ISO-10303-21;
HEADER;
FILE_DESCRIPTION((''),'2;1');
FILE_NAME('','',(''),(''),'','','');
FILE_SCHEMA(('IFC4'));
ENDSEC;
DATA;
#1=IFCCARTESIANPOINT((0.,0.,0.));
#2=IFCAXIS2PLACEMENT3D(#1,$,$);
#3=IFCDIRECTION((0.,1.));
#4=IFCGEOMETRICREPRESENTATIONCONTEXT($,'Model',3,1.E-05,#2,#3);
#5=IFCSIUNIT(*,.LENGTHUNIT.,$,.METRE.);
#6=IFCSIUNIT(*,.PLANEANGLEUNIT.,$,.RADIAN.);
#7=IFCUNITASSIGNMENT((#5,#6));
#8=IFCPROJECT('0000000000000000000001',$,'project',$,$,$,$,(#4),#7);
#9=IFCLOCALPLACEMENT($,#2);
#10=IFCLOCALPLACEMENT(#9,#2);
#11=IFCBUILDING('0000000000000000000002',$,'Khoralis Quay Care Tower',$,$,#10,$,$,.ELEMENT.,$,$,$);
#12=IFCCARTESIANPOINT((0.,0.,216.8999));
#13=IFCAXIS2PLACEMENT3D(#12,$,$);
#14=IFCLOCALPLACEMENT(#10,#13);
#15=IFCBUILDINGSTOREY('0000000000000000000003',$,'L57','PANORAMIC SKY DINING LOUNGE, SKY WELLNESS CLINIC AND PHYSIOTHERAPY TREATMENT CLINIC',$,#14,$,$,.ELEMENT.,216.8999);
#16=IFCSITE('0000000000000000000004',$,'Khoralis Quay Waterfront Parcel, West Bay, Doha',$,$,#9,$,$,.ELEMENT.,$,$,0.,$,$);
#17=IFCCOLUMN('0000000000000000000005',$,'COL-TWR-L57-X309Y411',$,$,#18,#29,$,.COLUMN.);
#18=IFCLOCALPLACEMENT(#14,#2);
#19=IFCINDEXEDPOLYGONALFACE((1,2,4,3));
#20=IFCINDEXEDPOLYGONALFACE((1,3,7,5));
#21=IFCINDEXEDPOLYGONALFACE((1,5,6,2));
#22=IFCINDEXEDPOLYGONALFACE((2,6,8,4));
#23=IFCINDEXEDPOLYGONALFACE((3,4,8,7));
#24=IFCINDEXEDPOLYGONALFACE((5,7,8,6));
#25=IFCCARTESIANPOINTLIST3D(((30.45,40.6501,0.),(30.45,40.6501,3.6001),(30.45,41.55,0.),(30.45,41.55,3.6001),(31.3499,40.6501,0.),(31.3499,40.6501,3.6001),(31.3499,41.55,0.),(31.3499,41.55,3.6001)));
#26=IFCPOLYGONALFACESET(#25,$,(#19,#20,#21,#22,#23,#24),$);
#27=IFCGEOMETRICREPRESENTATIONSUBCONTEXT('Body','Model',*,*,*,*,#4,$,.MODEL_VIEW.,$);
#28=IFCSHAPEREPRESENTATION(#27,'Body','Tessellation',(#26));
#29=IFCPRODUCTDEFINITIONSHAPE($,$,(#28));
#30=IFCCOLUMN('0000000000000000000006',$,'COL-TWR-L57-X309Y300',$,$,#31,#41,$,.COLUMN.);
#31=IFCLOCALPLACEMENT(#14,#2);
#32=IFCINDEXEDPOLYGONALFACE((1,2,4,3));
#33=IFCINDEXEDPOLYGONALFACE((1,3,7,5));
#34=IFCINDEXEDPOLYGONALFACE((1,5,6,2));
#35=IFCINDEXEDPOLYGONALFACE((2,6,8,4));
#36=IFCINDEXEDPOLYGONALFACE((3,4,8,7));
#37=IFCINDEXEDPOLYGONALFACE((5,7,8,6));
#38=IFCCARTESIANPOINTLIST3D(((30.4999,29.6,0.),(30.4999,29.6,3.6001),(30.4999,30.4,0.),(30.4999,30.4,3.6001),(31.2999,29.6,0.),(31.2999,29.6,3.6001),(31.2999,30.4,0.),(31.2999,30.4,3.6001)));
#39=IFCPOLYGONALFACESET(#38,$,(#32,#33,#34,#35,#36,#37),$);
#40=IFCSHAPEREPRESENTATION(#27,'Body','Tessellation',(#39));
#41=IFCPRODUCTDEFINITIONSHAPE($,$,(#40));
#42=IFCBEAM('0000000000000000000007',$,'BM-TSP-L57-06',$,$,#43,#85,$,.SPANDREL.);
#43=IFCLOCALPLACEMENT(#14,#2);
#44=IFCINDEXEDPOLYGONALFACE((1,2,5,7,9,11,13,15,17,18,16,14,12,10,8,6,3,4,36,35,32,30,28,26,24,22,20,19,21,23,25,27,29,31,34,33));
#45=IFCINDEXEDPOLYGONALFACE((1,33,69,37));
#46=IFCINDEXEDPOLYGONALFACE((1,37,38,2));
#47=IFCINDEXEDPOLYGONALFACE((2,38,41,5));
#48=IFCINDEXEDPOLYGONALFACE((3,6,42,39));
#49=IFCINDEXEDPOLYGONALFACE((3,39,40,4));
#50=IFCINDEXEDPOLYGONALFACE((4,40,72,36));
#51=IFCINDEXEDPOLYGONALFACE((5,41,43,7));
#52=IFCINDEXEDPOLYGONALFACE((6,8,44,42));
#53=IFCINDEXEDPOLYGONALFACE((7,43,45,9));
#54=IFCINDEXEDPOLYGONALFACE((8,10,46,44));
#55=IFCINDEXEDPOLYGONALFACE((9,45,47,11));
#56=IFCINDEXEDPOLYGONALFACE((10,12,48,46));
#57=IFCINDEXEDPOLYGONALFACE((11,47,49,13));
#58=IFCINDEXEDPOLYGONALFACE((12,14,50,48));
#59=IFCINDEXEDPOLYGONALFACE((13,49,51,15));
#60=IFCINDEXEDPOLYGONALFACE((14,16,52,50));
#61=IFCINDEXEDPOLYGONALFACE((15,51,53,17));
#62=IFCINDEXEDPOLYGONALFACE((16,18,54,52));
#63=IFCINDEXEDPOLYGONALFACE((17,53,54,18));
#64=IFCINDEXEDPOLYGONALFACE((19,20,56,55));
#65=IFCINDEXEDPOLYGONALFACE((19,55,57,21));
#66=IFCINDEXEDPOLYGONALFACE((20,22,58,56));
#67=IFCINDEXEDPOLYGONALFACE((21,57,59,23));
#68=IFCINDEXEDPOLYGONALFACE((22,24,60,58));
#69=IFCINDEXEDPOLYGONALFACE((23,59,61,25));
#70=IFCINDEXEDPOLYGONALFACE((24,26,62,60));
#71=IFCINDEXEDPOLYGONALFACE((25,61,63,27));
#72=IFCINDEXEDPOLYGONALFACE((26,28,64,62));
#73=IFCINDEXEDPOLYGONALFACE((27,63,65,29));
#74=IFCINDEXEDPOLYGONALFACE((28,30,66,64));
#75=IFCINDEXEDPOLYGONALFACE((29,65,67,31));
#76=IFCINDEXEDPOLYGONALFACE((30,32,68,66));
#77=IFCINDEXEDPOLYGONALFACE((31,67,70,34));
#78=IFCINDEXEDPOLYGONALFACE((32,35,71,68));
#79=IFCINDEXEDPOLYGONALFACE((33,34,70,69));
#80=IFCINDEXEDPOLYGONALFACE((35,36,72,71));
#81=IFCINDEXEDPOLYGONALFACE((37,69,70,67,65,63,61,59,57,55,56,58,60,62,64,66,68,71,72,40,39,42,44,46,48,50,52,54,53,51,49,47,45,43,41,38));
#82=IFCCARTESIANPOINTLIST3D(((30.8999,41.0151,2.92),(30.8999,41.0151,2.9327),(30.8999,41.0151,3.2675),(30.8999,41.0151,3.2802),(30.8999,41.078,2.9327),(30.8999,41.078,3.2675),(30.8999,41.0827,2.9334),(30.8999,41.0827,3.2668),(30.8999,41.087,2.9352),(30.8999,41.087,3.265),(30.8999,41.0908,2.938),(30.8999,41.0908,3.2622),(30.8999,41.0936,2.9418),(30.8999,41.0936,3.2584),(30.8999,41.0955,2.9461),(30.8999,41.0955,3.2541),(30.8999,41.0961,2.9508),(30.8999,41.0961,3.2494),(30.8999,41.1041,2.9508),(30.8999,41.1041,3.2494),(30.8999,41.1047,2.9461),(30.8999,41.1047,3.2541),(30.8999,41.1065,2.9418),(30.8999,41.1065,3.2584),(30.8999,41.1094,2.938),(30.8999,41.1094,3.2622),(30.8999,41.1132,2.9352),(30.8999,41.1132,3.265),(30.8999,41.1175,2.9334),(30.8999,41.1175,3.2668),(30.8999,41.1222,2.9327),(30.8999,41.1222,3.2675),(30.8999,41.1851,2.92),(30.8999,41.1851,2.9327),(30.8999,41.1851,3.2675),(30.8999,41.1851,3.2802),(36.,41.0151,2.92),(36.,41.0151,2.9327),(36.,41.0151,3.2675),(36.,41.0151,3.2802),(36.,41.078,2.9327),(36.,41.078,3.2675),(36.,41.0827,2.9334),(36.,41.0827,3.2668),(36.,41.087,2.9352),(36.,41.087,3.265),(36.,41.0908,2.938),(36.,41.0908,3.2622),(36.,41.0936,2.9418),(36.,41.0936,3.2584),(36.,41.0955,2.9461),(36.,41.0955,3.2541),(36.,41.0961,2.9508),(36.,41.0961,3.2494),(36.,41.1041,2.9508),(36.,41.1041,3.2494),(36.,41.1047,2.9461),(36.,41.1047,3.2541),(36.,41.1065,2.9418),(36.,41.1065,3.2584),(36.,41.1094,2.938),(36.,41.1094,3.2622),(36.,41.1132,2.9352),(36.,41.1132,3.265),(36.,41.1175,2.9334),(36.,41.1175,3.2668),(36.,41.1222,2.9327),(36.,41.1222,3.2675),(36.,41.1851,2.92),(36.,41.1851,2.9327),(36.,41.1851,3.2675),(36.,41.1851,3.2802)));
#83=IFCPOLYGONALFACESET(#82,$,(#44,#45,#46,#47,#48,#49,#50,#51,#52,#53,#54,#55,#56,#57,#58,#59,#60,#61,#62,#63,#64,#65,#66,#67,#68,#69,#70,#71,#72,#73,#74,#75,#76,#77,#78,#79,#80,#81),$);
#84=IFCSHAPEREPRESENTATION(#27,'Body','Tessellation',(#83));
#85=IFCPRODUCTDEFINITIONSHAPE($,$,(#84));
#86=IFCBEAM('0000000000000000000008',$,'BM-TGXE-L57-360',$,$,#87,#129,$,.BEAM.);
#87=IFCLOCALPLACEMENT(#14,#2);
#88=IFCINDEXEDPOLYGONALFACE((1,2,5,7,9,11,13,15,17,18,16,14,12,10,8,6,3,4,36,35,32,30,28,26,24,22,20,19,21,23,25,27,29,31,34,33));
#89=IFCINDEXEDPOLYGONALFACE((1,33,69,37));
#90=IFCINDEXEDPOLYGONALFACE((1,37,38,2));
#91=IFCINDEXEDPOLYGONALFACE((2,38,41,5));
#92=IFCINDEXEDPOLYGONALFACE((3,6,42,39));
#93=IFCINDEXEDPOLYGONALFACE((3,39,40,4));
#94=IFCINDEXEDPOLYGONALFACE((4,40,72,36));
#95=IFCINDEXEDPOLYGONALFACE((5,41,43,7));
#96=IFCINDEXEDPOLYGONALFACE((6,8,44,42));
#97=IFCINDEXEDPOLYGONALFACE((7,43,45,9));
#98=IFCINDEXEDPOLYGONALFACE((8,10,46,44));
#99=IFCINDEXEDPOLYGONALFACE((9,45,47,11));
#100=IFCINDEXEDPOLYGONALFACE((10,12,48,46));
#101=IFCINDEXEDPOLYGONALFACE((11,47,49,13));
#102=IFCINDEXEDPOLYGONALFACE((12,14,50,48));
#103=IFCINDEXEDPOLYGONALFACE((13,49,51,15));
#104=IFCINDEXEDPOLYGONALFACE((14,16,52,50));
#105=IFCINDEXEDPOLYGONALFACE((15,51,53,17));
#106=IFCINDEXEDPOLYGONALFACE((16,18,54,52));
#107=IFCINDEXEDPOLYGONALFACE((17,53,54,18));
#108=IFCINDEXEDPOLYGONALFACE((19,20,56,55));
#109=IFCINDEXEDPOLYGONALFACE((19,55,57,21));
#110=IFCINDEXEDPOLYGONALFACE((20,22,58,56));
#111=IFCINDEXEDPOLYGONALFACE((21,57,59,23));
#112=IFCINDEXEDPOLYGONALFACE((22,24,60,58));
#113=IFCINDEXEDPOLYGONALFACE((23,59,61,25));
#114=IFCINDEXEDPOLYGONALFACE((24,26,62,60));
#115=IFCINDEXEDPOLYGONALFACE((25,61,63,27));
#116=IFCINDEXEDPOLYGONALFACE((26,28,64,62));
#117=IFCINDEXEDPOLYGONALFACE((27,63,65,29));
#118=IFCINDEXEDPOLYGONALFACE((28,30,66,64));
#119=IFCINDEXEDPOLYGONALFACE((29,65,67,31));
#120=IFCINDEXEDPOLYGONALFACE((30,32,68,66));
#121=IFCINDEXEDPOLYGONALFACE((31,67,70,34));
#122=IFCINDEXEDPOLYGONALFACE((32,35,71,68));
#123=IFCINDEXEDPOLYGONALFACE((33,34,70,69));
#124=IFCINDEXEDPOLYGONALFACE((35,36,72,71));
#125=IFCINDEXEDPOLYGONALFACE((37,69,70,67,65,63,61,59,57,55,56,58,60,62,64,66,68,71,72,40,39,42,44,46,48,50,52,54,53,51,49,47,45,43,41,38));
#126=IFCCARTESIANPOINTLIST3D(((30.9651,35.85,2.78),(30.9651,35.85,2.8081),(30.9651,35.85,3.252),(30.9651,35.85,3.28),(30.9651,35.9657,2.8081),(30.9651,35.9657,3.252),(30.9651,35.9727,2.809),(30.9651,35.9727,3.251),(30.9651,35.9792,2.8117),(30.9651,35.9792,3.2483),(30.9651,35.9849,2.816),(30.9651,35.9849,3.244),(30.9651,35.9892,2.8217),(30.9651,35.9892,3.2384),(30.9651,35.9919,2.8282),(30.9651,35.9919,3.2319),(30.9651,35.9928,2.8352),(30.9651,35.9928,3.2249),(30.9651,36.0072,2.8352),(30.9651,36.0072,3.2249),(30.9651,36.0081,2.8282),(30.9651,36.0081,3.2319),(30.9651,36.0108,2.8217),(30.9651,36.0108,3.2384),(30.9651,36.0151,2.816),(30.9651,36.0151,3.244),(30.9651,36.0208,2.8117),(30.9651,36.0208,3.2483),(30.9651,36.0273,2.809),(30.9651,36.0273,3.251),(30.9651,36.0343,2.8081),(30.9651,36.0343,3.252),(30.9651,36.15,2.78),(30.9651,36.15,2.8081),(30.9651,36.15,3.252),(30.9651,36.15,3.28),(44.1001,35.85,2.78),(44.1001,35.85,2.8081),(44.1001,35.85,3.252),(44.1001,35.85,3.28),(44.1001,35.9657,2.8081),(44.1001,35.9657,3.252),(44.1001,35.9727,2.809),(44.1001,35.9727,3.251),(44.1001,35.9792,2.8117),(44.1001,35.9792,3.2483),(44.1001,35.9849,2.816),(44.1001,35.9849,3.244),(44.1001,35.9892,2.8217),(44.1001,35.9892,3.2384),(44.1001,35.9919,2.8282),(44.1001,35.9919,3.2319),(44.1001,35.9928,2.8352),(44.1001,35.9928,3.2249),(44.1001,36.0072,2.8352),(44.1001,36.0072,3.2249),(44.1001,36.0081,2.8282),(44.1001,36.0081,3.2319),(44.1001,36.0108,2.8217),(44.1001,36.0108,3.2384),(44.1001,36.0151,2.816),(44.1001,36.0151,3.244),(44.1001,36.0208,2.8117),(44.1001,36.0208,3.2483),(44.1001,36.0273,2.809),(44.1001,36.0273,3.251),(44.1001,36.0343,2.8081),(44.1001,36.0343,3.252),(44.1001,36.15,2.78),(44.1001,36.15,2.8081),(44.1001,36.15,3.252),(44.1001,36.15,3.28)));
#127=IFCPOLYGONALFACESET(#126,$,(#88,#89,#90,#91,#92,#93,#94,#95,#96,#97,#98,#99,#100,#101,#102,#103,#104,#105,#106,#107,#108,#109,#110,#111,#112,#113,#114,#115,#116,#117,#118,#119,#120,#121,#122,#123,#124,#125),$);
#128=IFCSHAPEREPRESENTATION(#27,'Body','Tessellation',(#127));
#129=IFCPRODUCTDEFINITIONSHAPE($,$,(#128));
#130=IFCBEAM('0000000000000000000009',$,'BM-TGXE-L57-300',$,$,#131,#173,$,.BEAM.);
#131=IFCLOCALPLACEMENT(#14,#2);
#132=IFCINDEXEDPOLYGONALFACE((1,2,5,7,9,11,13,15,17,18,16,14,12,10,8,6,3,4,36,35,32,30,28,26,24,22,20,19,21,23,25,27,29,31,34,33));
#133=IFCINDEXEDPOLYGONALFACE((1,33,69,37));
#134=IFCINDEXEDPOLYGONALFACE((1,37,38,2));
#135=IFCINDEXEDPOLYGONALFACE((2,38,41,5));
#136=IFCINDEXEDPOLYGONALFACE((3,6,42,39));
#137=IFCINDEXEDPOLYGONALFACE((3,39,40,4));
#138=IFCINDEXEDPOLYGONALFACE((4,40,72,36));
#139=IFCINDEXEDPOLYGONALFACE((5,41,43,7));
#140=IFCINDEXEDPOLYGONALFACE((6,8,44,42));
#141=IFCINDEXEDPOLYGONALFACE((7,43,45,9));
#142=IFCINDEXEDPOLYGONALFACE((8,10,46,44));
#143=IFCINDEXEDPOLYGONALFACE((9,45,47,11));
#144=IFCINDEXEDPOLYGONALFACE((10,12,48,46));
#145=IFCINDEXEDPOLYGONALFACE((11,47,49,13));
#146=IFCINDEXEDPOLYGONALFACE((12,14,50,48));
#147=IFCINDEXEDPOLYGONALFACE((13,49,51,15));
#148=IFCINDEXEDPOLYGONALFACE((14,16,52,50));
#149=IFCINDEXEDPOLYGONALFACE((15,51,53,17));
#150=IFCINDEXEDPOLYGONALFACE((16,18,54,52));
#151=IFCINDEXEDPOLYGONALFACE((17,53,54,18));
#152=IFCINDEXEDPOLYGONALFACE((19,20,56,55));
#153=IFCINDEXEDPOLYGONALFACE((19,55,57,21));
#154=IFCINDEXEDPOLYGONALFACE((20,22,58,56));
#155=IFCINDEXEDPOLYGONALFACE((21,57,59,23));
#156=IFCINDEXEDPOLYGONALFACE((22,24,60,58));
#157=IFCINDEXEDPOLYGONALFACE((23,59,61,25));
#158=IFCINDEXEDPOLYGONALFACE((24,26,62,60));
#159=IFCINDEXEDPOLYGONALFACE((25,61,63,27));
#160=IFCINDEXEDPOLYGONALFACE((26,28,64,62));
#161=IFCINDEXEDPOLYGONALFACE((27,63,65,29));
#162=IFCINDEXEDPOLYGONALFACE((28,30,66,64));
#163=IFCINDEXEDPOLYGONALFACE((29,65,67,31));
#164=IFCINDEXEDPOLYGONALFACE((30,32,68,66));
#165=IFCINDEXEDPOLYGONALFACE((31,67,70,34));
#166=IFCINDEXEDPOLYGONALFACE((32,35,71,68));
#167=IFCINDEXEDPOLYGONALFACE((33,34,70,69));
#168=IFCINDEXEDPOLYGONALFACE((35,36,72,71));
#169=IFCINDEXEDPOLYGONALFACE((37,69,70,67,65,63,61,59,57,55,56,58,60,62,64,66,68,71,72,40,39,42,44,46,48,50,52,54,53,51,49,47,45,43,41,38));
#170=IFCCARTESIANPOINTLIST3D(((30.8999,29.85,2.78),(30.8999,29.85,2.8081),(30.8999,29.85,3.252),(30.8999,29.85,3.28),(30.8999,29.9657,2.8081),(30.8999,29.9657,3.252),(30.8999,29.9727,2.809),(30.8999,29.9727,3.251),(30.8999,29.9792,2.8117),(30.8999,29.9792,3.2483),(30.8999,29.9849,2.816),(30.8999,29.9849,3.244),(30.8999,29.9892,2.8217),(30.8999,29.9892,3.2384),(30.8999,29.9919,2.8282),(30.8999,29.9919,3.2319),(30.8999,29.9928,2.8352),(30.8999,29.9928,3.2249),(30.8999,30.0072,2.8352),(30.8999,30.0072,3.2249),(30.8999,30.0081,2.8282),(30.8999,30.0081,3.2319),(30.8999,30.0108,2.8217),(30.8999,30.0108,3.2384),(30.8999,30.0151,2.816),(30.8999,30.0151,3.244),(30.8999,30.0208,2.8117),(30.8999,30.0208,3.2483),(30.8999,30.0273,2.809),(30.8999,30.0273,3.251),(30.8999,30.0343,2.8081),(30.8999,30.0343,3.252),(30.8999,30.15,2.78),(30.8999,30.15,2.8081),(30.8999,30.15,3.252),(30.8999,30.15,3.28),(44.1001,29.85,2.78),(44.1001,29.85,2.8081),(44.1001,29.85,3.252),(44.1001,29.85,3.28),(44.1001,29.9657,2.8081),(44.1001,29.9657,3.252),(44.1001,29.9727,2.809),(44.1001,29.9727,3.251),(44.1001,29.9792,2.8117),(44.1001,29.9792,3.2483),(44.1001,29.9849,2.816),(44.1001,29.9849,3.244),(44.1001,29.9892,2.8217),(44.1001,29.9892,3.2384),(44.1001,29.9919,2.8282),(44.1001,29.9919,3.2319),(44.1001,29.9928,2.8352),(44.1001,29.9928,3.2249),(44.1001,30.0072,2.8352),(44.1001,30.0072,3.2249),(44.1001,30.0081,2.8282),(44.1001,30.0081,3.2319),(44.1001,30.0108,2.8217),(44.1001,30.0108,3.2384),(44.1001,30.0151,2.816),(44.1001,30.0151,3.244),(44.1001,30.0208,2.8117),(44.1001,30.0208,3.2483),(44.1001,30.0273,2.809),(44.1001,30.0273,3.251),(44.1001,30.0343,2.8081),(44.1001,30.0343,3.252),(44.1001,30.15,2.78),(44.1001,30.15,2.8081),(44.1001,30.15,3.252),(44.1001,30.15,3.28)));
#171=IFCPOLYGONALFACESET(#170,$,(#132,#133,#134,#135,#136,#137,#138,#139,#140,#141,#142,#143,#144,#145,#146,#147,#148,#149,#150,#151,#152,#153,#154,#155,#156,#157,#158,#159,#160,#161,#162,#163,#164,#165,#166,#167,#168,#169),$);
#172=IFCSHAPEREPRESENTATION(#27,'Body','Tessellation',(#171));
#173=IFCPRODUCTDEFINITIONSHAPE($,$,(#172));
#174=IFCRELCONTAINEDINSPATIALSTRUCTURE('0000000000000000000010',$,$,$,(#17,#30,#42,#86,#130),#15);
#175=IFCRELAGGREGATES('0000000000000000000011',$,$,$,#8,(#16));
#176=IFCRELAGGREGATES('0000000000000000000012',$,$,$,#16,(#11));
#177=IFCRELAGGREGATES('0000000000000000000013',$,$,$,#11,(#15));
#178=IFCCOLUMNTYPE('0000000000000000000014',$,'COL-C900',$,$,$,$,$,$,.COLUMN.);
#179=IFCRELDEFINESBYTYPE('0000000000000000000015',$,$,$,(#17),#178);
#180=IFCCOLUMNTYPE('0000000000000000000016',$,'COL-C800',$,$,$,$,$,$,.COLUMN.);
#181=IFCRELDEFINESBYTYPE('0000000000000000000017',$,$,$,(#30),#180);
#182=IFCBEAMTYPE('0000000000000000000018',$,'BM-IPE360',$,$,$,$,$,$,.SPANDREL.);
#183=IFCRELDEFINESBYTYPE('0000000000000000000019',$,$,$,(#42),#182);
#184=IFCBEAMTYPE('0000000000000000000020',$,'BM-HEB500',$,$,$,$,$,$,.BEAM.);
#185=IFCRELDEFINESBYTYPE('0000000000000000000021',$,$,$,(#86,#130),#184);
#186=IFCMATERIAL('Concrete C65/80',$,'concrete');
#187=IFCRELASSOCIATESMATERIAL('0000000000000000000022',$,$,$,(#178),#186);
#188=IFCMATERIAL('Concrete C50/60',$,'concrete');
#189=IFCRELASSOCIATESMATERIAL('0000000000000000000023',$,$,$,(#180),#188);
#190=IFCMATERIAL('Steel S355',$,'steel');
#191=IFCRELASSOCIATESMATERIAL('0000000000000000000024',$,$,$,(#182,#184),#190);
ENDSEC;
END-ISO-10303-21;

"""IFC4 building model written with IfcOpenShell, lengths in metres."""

from ifc_helpers import new_model, si_unit, direction, frame, origin, origin_2d, place, context, subcontext, project, spatial, rectangle, i_section, extrude, source, transform, mapped, material, material_profile, profile_set, type_object, element, save


model = new_model("IFC4")

# Units and contexts
model_context = context("Model", 3, precision=1e-05, world=origin(), true_north=direction((0.0, 1.0)))
body_context = subcontext(model_context, "Body", "Model", "MODEL_VIEW")
ifc_project = project(units=[si_unit("LENGTHUNIT", "METRE"), si_unit("PLANEANGLEUNIT", "RADIAN")], contexts=[model_context])

# Site, building, storey
site_placement = place(None, origin())
site = spatial("IfcSite", under=ifc_project, at=site_placement, Name="Khoralis Quay Waterfront Parcel, West Bay, Doha", CompositionType="ELEMENT", RefElevation=0.0)
building_placement = place(site_placement, origin())
building = spatial("IfcBuilding", under=site, at=building_placement, Name="Khoralis Quay Care Tower", CompositionType="ELEMENT")
storey_placement = place(building_placement, frame((0.0, 0.0, 216.8999)))
storey = spatial("IfcBuildingStorey", under=building, at=storey_placement, Name="L57", Description="PANORAMIC SKY DINING LOUNGE, SKY WELLNESS CLINIC AND PHYSIOTHERAPY TREATMENT CLINIC", CompositionType="ELEMENT", Elevation=216.8999)

# Columns
ifc_material_1 = material(Name="Concrete C65/80", Category="concrete")
ifc_material_profile_1 = material_profile(ifc_material_1, rectangle(XDim=0.8999, YDim=0.8999, at=origin_2d()), Name="Concrete C65/80")
ifc_profile_set_1 = profile_set([ifc_material_profile_1], Name="Concrete C65/80")
column_type_1 = type_object("IfcColumnType", Name="COL-C900", PredefinedType="COLUMN", material=ifc_profile_set_1)
shared_shape_1 = source(origin(), body_context, "Body", "SweptSolid", [
    extrude(rectangle(XDim=0.8999, YDim=0.8999, at=origin_2d()), origin(), (0.0, 0.0, 1.0), 3.6001),
])
column_1_placement = place(storey_placement, frame((30.8999, 41.1001, 0.0), z_axis=(0.0, 0.0, 1.0), x_axis=(1.0, 0.0, 0.0)))
element("IfcColumn", 1, at=column_1_placement, inside=storey, type_object=column_type_1, Name="COL-TWR-L57-X309Y411", PredefinedType="COLUMN", context=body_context, shape_type="MappedRepresentation", body=[
    mapped(shared_shape_1, transform((0.0, 0.0, 0.0), scale=1.0)),
])
ifc_material_2 = material(Name="Concrete C50/60", Category="concrete")
ifc_material_profile_2 = material_profile(ifc_material_2, rectangle(XDim=0.8, YDim=0.8, at=origin_2d()), Name="Concrete C50/60")
ifc_profile_set_2 = profile_set([ifc_material_profile_2], Name="Concrete C50/60")
column_type_2 = type_object("IfcColumnType", Name="COL-C800", PredefinedType="COLUMN", material=ifc_profile_set_2)
shared_shape_2 = source(origin(), body_context, "Body", "SweptSolid", [
    extrude(rectangle(XDim=0.8, YDim=0.8, at=origin_2d()), origin(), (0.0, 0.0, 1.0), 3.6001),
])
column_2_placement = place(storey_placement, frame((30.8999, 30.0, 0.0), z_axis=(0.0, 0.0, 1.0), x_axis=(1.0, 0.0, 0.0)))
element("IfcColumn", 2, at=column_2_placement, inside=storey, type_object=column_type_2, Name="COL-TWR-L57-X309Y300", PredefinedType="COLUMN", context=body_context, shape_type="MappedRepresentation", body=[
    mapped(shared_shape_2, transform((0.0, 0.0, 0.0), scale=1.0)),
])

# Beams
ifc_material_3 = material(Name="Steel S355", Category="steel")
ifc_material_profile_3 = material_profile(ifc_material_3, i_section(OverallWidth=0.1699, OverallDepth=0.3601, WebThickness=0.0081, FlangeThickness=0.0127, FilletRadius=0.0181, at=origin_2d()), Name="Steel S355")
ifc_profile_set_3 = profile_set([ifc_material_profile_3], Name="Steel S355")
beam_type_1 = type_object("IfcBeamType", Name="BM-IPE360", PredefinedType="SPANDREL", material=ifc_profile_set_3)
shared_shape_3 = source(origin(), body_context, "Body", "SweptSolid", [
    extrude(i_section(OverallWidth=0.1699, OverallDepth=0.3601, WebThickness=0.0081, FlangeThickness=0.0127, FilletRadius=0.0181, at=origin_2d()), origin(), (0.0, 0.0, 1.0), 5.1001),
])
beam_1_placement = place(storey_placement, frame((30.8999, 41.1001, 3.1001), z_axis=(1.0, 0.0, 0.0), x_axis=(0.0, 1.0, 0.0)))
element("IfcBeam", 3, at=beam_1_placement, inside=storey, type_object=beam_type_1, Name="BM-TSP-L57-06", PredefinedType="SPANDREL", context=body_context, shape_type="MappedRepresentation", body=[
    mapped(shared_shape_3, transform((0.0, 0.0, 0.0), scale=1.0)),
])
ifc_material_profile_4 = material_profile(ifc_material_3, i_section(OverallWidth=0.3, OverallDepth=0.5, WebThickness=0.0144, FlangeThickness=0.0281, FilletRadius=0.0271, at=origin_2d()), Name="Steel S355")
ifc_profile_set_4 = profile_set([ifc_material_profile_4], Name="Steel S355")
beam_type_2 = type_object("IfcBeamType", Name="BM-HEB500", PredefinedType="BEAM", material=ifc_profile_set_4)
shared_shape_4 = source(origin(), body_context, "Body", "SweptSolid", [
    extrude(i_section(OverallWidth=0.3, OverallDepth=0.5, WebThickness=0.0144, FlangeThickness=0.0281, FilletRadius=0.0271, at=origin_2d()), origin(), (0.0, 0.0, 1.0), 13.135),
])
beam_2_placement = place(storey_placement, frame((30.9651, 36.0, 3.03), z_axis=(1.0, 0.0, 0.0), x_axis=(0.0, 1.0, 0.0)))
element("IfcBeam", 4, at=beam_2_placement, inside=storey, type_object=beam_type_2, Name="BM-TGXE-L57-360", PredefinedType="BEAM", context=body_context, shape_type="MappedRepresentation", body=[
    mapped(shared_shape_4, transform((0.0, 0.0, 0.0), scale=1.0)),
])
shared_shape_5 = source(origin(), body_context, "Body", "SweptSolid", [
    extrude(i_section(OverallWidth=0.3, OverallDepth=0.5, WebThickness=0.0144, FlangeThickness=0.0281, FilletRadius=0.0271, at=origin_2d()), origin(), (0.0, 0.0, 1.0), 13.2002),
])
beam_3_placement = place(storey_placement, frame((30.8999, 30.0, 3.03), z_axis=(1.0, 0.0, 0.0), x_axis=(0.0, 1.0, 0.0)))
element("IfcBeam", 5, at=beam_3_placement, inside=storey, type_object=beam_type_2, Name="BM-TGXE-L57-300", PredefinedType="BEAM", context=body_context, shape_type="MappedRepresentation", body=[
    mapped(shared_shape_5, transform((0.0, 0.0, 0.0), scale=1.0)),
])

save(model, "model.ifc")
